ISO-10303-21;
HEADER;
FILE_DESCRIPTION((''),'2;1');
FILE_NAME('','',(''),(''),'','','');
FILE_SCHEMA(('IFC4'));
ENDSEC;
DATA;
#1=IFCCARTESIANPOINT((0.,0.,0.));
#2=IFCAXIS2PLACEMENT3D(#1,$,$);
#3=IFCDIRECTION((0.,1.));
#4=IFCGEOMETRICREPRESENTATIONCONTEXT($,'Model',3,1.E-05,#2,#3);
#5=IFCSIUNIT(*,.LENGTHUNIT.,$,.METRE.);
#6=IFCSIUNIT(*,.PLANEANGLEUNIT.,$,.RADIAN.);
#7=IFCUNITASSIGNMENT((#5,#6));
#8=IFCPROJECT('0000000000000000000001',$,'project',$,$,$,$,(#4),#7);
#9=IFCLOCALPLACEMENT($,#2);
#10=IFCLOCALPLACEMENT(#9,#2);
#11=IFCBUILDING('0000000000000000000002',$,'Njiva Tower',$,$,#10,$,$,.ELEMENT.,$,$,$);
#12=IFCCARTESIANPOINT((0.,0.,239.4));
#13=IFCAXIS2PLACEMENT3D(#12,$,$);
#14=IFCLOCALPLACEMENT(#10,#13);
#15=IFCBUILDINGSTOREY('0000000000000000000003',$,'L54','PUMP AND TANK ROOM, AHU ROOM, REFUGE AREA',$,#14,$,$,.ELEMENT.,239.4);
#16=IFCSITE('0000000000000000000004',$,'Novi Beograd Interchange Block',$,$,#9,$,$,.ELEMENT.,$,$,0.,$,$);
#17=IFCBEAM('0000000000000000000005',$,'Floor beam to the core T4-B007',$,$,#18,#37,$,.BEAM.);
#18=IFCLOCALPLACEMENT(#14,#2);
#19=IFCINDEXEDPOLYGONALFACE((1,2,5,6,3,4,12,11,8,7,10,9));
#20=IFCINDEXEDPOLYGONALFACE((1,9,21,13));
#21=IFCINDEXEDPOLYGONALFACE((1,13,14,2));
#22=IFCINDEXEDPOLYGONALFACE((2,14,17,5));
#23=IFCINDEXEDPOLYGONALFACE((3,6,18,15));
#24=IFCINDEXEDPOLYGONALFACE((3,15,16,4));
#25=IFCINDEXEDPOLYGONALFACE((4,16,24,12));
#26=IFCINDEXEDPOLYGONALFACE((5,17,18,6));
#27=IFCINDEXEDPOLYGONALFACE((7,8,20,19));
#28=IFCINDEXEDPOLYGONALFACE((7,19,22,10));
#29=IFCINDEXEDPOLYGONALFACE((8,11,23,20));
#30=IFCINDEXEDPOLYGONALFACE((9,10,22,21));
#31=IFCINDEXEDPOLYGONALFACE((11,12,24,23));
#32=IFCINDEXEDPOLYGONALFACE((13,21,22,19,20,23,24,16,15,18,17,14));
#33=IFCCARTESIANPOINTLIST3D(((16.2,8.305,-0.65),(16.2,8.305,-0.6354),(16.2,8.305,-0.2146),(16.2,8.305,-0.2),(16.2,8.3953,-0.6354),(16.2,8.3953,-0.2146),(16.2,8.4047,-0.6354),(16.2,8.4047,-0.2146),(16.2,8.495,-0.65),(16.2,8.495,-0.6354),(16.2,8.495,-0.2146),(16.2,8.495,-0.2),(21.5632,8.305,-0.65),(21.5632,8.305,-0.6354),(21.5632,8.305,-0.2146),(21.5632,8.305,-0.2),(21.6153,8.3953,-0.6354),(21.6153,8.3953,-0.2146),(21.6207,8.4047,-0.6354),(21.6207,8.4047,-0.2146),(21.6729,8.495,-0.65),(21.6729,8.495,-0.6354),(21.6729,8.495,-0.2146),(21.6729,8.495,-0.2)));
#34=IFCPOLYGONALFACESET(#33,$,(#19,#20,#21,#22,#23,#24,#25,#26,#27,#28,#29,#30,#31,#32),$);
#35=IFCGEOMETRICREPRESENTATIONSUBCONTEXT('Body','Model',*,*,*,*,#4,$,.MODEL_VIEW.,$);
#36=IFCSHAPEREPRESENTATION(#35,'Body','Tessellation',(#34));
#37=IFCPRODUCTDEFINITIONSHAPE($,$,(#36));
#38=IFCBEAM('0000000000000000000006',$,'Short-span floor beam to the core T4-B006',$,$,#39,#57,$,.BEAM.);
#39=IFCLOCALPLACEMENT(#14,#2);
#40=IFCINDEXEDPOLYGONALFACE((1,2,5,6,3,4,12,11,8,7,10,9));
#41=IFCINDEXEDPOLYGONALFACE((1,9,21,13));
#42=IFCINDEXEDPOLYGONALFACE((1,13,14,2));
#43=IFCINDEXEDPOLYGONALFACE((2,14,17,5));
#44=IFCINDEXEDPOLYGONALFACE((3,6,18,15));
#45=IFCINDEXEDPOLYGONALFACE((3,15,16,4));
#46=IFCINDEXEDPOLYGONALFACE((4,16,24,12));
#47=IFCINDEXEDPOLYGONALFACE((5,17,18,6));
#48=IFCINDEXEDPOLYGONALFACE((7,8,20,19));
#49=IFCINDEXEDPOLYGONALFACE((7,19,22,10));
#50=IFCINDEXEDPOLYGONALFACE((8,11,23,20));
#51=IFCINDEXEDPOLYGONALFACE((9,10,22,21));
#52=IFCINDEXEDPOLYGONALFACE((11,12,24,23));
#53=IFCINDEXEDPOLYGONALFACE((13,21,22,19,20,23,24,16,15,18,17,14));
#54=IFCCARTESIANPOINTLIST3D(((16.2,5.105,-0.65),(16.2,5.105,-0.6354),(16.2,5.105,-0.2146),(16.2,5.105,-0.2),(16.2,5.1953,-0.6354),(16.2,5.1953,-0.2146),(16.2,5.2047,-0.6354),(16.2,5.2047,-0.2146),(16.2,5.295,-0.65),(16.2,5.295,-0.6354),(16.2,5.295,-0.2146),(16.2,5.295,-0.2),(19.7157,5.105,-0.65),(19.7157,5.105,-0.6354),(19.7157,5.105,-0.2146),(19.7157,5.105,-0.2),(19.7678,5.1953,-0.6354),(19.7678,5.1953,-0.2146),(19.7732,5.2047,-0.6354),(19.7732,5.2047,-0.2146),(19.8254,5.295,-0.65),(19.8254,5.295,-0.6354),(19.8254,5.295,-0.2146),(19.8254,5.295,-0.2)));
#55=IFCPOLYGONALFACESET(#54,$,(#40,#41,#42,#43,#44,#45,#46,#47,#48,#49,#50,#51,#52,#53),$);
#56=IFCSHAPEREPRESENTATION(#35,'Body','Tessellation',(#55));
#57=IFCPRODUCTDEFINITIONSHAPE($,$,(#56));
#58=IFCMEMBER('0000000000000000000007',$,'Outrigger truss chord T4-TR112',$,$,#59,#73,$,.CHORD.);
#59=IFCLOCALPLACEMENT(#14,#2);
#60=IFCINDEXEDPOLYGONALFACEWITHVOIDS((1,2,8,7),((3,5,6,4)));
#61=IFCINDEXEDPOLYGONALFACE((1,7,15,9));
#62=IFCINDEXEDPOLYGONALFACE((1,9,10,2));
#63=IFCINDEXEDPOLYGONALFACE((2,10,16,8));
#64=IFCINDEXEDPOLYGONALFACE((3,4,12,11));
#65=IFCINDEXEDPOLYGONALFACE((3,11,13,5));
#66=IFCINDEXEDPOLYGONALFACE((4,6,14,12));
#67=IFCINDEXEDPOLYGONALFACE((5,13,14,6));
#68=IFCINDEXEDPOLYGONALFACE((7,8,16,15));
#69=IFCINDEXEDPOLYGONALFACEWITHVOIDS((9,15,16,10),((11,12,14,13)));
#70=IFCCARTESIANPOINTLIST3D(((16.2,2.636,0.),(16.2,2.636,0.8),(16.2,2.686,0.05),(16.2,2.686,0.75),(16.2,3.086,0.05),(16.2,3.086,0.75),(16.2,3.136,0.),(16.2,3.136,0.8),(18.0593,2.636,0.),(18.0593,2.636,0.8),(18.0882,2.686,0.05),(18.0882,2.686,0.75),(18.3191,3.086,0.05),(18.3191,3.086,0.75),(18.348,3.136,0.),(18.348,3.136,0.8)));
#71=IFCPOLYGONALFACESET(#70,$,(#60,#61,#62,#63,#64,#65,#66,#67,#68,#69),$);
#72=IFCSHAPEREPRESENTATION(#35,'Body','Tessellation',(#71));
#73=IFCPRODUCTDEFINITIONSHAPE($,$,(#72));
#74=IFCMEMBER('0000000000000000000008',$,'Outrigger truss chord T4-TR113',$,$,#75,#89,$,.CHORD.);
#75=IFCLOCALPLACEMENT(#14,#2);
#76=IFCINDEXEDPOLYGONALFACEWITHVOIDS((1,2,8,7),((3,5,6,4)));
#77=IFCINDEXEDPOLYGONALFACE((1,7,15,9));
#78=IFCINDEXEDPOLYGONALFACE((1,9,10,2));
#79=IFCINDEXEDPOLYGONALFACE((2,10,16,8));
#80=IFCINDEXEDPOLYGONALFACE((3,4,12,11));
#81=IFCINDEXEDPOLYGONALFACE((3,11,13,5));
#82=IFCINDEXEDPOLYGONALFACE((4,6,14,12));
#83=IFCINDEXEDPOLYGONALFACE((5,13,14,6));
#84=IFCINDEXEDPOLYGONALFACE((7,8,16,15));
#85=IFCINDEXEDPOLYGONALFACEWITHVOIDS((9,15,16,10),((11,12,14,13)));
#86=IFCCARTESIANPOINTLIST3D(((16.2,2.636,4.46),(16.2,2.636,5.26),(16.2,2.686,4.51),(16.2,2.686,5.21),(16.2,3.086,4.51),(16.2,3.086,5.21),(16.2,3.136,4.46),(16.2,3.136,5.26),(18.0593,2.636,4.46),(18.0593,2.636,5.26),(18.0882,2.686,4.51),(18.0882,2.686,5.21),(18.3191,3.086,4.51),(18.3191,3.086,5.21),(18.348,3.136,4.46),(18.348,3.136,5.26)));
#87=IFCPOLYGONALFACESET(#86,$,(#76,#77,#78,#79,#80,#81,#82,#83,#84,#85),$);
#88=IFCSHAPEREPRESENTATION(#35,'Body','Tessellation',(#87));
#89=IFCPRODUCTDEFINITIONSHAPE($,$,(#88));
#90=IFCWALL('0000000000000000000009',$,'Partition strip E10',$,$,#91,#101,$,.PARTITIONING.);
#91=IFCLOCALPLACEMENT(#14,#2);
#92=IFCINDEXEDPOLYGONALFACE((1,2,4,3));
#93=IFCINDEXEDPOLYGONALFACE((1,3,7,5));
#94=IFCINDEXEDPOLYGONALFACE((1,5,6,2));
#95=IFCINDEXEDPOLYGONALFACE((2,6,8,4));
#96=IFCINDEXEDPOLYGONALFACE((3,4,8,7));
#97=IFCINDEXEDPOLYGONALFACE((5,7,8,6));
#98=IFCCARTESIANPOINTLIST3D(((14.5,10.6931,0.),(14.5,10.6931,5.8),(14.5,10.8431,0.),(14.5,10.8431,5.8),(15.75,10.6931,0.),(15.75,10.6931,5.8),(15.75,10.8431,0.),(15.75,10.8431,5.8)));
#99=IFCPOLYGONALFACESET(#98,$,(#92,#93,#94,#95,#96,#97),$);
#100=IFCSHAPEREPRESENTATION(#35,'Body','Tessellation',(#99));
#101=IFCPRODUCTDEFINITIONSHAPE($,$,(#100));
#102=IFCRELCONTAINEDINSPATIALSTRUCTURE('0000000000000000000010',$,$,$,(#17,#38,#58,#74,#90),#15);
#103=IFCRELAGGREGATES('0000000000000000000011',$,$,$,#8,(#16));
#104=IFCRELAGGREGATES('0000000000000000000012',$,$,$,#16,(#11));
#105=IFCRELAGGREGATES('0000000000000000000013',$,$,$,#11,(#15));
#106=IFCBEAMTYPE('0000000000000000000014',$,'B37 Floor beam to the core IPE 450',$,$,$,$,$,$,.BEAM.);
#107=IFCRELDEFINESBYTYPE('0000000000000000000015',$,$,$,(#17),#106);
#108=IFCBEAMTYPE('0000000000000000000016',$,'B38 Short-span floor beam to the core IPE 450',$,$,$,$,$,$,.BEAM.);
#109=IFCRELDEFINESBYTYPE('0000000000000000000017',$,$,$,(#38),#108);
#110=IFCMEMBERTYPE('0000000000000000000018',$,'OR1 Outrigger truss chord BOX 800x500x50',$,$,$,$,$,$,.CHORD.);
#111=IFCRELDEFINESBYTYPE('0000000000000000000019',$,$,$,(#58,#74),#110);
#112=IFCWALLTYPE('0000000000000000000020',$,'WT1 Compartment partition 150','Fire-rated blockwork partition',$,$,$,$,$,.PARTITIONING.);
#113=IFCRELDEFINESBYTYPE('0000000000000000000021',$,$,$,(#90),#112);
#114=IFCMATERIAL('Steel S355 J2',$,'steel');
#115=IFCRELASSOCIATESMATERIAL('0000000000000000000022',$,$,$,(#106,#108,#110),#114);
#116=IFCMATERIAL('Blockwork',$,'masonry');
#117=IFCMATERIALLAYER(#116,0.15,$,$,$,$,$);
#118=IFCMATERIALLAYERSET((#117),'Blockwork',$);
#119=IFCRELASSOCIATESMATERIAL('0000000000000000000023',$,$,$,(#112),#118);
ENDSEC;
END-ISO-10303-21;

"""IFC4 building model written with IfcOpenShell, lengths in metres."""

from ifc_helpers import new_model, si_unit, direction, frame, frame_2d, origin, origin_2d, place, context, subcontext, project, spatial, rectangle, hollow_rectangle, i_section, extrude, clip, halfspace, material, layer, layer_set, material_profile, profile_set, type_object, element, save


model = new_model("IFC4")

# Units and contexts
model_context = context("Model", 3, precision=1e-05, world=origin(), true_north=direction((0.0, 1.0)))
body_context = subcontext(model_context, "Body", "Model", "MODEL_VIEW")
ifc_project = project(units=[si_unit("LENGTHUNIT", "METRE"), si_unit("PLANEANGLEUNIT", "RADIAN")], contexts=[model_context])

# Site, building, storey
site_placement = place(None, origin())
site = spatial("IfcSite", under=ifc_project, at=site_placement, Name="Novi Beograd Interchange Block", CompositionType="ELEMENT", RefElevation=0.0)
building_placement = place(site_placement, origin())
building = spatial("IfcBuilding", under=site, at=building_placement, Name="Njiva Tower", CompositionType="ELEMENT")
storey_placement = place(building_placement, frame((0.0, 0.0, 239.4)))
storey = spatial("IfcBuildingStorey", under=building, at=storey_placement, Name="L54", Description="PUMP AND TANK ROOM, AHU ROOM, REFUGE AREA", CompositionType="ELEMENT", Elevation=239.4)

# Beams
ifc_material_1 = material(Name="Steel S355 J2", Category="steel")
ifc_material_profile_1 = material_profile(ifc_material_1, i_section(OverallWidth=0.19, OverallDepth=0.45, WebThickness=0.0094, FlangeThickness=0.0146, at=origin_2d()), Name="IPE 450")
ifc_profile_set_1 = profile_set([ifc_material_profile_1], Name="Steel S355 J2")
beam_type_1 = type_object("IfcBeamType", Name="B37 Floor beam to the core IPE 450", PredefinedType="BEAM", material=ifc_profile_set_1)
beam_1_placement = place(storey_placement, frame((16.2, 8.4, -0.425), z_axis=(1.0, 0.0, 0.0), x_axis=(0.0, 1.0, 0.0)))
element("IfcBeam", 1, at=beam_1_placement, inside=storey, type_object=beam_type_1, Name="Floor beam to the core T4-B007", PredefinedType="BEAM", context=body_context, shape_type="Clipping", body=[
    clip(extrude(i_section(OverallWidth=0.19, OverallDepth=0.45, WebThickness=0.0094, FlangeThickness=0.0146, at=origin_2d()), origin(), (0.0, 0.0, 1.0), 5.493), halfspace(frame((-0.025, 0.0, 5.4036), z_axis=(-0.499998, 0.0, 0.866027), x_axis=(0.0, 1.0, 0.0)), False)),
])
ifc_material_profile_2 = material_profile(ifc_material_1, i_section(OverallWidth=0.19, OverallDepth=0.45, WebThickness=0.0094, FlangeThickness=0.0146, at=origin_2d()), Name="IPE 450")
ifc_profile_set_2 = profile_set([ifc_material_profile_2], Name="Steel S355 J2")
beam_type_2 = type_object("IfcBeamType", Name="B38 Short-span floor beam to the core IPE 450", PredefinedType="BEAM", material=ifc_profile_set_2)
beam_2_placement = place(storey_placement, frame((16.2, 5.2, -0.425), z_axis=(1.0, 0.0, 0.0), x_axis=(0.0, 1.0, 0.0)))
element("IfcBeam", 2, at=beam_2_placement, inside=storey, type_object=beam_type_2, Name="Short-span floor beam to the core T4-B006", PredefinedType="BEAM", context=body_context, shape_type="Clipping", body=[
    clip(extrude(i_section(OverallWidth=0.19, OverallDepth=0.45, WebThickness=0.0094, FlangeThickness=0.0146, at=origin_2d()), origin(), (0.0, 0.0, 1.0), 3.646), halfspace(frame((-0.025, 0.0, 3.5561), z_axis=(-0.499998, 0.0, 0.866027), x_axis=(0.0, 1.0, 0.0)), False)),
])

# Members
ifc_material_profile_3 = material_profile(ifc_material_1, hollow_rectangle(XDim=0.5, YDim=0.8, WallThickness=0.05, at=origin_2d()), Name="BOX 800x500x50")
ifc_profile_set_3 = profile_set([ifc_material_profile_3], Name="Steel S355 J2")
member_type_1 = type_object("IfcMemberType", Name="OR1 Outrigger truss chord BOX 800x500x50", PredefinedType="CHORD", material=ifc_profile_set_3)
for number, where, z_axis, x_axis, name in (
    (3, (16.2, 2.886, 0.4), (1.0, 0.0, 0.0), (0.0, 1.0, 0.0), "Outrigger truss chord T4-TR112"),
    (4, (16.2, 2.886, 4.86), (1.0, 0.0, 0.0), (0.0, 1.0, 0.0), "Outrigger truss chord T4-TR113"),
):
    element("IfcMember", number, at=place(storey_placement, frame(where, z_axis=z_axis, x_axis=x_axis)), inside=storey, type_object=member_type_1, Name=name, PredefinedType="CHORD", context=body_context, shape_type="Clipping", body=[
        clip(extrude(hollow_rectangle(XDim=0.5, YDim=0.8, WallThickness=0.05, at=origin_2d()), origin(), (0.0, 0.0, 1.0), 2.524), halfspace(frame((-0.025, 0.0, 1.9892), z_axis=(-0.499998, 0.0, 0.866027), x_axis=(0.0, 1.0, 0.0)), False)),
    ])

# Wall
ifc_material_2 = material(Name="Blockwork", Category="masonry")
ifc_layer_1 = layer(ifc_material_2, 0.15)
ifc_layer_set_1 = layer_set([ifc_layer_1], Name="Blockwork")
wall_type_1 = type_object("IfcWallType", Name="WT1 Compartment partition 150", Description="Fire-rated blockwork partition", PredefinedType="PARTITIONING", material=ifc_layer_set_1)
wall_1_placement = place(storey_placement, frame((14.5, 10.7681, 0.0), z_axis=(0.0, 0.0, 1.0), x_axis=(1.0, 0.0, 0.0)))
element("IfcWall", 5, at=wall_1_placement, inside=storey, type_object=wall_type_1, Name="Partition strip E10", PredefinedType="PARTITIONING", context=body_context, shape_type="SweptSolid", body=[
    extrude(rectangle(XDim=1.25, YDim=0.15, at=frame_2d((0.625, 0.0))), origin(), (0.0, 0.0, 1.0), 5.8),
])

save(model, "model.ifc")
